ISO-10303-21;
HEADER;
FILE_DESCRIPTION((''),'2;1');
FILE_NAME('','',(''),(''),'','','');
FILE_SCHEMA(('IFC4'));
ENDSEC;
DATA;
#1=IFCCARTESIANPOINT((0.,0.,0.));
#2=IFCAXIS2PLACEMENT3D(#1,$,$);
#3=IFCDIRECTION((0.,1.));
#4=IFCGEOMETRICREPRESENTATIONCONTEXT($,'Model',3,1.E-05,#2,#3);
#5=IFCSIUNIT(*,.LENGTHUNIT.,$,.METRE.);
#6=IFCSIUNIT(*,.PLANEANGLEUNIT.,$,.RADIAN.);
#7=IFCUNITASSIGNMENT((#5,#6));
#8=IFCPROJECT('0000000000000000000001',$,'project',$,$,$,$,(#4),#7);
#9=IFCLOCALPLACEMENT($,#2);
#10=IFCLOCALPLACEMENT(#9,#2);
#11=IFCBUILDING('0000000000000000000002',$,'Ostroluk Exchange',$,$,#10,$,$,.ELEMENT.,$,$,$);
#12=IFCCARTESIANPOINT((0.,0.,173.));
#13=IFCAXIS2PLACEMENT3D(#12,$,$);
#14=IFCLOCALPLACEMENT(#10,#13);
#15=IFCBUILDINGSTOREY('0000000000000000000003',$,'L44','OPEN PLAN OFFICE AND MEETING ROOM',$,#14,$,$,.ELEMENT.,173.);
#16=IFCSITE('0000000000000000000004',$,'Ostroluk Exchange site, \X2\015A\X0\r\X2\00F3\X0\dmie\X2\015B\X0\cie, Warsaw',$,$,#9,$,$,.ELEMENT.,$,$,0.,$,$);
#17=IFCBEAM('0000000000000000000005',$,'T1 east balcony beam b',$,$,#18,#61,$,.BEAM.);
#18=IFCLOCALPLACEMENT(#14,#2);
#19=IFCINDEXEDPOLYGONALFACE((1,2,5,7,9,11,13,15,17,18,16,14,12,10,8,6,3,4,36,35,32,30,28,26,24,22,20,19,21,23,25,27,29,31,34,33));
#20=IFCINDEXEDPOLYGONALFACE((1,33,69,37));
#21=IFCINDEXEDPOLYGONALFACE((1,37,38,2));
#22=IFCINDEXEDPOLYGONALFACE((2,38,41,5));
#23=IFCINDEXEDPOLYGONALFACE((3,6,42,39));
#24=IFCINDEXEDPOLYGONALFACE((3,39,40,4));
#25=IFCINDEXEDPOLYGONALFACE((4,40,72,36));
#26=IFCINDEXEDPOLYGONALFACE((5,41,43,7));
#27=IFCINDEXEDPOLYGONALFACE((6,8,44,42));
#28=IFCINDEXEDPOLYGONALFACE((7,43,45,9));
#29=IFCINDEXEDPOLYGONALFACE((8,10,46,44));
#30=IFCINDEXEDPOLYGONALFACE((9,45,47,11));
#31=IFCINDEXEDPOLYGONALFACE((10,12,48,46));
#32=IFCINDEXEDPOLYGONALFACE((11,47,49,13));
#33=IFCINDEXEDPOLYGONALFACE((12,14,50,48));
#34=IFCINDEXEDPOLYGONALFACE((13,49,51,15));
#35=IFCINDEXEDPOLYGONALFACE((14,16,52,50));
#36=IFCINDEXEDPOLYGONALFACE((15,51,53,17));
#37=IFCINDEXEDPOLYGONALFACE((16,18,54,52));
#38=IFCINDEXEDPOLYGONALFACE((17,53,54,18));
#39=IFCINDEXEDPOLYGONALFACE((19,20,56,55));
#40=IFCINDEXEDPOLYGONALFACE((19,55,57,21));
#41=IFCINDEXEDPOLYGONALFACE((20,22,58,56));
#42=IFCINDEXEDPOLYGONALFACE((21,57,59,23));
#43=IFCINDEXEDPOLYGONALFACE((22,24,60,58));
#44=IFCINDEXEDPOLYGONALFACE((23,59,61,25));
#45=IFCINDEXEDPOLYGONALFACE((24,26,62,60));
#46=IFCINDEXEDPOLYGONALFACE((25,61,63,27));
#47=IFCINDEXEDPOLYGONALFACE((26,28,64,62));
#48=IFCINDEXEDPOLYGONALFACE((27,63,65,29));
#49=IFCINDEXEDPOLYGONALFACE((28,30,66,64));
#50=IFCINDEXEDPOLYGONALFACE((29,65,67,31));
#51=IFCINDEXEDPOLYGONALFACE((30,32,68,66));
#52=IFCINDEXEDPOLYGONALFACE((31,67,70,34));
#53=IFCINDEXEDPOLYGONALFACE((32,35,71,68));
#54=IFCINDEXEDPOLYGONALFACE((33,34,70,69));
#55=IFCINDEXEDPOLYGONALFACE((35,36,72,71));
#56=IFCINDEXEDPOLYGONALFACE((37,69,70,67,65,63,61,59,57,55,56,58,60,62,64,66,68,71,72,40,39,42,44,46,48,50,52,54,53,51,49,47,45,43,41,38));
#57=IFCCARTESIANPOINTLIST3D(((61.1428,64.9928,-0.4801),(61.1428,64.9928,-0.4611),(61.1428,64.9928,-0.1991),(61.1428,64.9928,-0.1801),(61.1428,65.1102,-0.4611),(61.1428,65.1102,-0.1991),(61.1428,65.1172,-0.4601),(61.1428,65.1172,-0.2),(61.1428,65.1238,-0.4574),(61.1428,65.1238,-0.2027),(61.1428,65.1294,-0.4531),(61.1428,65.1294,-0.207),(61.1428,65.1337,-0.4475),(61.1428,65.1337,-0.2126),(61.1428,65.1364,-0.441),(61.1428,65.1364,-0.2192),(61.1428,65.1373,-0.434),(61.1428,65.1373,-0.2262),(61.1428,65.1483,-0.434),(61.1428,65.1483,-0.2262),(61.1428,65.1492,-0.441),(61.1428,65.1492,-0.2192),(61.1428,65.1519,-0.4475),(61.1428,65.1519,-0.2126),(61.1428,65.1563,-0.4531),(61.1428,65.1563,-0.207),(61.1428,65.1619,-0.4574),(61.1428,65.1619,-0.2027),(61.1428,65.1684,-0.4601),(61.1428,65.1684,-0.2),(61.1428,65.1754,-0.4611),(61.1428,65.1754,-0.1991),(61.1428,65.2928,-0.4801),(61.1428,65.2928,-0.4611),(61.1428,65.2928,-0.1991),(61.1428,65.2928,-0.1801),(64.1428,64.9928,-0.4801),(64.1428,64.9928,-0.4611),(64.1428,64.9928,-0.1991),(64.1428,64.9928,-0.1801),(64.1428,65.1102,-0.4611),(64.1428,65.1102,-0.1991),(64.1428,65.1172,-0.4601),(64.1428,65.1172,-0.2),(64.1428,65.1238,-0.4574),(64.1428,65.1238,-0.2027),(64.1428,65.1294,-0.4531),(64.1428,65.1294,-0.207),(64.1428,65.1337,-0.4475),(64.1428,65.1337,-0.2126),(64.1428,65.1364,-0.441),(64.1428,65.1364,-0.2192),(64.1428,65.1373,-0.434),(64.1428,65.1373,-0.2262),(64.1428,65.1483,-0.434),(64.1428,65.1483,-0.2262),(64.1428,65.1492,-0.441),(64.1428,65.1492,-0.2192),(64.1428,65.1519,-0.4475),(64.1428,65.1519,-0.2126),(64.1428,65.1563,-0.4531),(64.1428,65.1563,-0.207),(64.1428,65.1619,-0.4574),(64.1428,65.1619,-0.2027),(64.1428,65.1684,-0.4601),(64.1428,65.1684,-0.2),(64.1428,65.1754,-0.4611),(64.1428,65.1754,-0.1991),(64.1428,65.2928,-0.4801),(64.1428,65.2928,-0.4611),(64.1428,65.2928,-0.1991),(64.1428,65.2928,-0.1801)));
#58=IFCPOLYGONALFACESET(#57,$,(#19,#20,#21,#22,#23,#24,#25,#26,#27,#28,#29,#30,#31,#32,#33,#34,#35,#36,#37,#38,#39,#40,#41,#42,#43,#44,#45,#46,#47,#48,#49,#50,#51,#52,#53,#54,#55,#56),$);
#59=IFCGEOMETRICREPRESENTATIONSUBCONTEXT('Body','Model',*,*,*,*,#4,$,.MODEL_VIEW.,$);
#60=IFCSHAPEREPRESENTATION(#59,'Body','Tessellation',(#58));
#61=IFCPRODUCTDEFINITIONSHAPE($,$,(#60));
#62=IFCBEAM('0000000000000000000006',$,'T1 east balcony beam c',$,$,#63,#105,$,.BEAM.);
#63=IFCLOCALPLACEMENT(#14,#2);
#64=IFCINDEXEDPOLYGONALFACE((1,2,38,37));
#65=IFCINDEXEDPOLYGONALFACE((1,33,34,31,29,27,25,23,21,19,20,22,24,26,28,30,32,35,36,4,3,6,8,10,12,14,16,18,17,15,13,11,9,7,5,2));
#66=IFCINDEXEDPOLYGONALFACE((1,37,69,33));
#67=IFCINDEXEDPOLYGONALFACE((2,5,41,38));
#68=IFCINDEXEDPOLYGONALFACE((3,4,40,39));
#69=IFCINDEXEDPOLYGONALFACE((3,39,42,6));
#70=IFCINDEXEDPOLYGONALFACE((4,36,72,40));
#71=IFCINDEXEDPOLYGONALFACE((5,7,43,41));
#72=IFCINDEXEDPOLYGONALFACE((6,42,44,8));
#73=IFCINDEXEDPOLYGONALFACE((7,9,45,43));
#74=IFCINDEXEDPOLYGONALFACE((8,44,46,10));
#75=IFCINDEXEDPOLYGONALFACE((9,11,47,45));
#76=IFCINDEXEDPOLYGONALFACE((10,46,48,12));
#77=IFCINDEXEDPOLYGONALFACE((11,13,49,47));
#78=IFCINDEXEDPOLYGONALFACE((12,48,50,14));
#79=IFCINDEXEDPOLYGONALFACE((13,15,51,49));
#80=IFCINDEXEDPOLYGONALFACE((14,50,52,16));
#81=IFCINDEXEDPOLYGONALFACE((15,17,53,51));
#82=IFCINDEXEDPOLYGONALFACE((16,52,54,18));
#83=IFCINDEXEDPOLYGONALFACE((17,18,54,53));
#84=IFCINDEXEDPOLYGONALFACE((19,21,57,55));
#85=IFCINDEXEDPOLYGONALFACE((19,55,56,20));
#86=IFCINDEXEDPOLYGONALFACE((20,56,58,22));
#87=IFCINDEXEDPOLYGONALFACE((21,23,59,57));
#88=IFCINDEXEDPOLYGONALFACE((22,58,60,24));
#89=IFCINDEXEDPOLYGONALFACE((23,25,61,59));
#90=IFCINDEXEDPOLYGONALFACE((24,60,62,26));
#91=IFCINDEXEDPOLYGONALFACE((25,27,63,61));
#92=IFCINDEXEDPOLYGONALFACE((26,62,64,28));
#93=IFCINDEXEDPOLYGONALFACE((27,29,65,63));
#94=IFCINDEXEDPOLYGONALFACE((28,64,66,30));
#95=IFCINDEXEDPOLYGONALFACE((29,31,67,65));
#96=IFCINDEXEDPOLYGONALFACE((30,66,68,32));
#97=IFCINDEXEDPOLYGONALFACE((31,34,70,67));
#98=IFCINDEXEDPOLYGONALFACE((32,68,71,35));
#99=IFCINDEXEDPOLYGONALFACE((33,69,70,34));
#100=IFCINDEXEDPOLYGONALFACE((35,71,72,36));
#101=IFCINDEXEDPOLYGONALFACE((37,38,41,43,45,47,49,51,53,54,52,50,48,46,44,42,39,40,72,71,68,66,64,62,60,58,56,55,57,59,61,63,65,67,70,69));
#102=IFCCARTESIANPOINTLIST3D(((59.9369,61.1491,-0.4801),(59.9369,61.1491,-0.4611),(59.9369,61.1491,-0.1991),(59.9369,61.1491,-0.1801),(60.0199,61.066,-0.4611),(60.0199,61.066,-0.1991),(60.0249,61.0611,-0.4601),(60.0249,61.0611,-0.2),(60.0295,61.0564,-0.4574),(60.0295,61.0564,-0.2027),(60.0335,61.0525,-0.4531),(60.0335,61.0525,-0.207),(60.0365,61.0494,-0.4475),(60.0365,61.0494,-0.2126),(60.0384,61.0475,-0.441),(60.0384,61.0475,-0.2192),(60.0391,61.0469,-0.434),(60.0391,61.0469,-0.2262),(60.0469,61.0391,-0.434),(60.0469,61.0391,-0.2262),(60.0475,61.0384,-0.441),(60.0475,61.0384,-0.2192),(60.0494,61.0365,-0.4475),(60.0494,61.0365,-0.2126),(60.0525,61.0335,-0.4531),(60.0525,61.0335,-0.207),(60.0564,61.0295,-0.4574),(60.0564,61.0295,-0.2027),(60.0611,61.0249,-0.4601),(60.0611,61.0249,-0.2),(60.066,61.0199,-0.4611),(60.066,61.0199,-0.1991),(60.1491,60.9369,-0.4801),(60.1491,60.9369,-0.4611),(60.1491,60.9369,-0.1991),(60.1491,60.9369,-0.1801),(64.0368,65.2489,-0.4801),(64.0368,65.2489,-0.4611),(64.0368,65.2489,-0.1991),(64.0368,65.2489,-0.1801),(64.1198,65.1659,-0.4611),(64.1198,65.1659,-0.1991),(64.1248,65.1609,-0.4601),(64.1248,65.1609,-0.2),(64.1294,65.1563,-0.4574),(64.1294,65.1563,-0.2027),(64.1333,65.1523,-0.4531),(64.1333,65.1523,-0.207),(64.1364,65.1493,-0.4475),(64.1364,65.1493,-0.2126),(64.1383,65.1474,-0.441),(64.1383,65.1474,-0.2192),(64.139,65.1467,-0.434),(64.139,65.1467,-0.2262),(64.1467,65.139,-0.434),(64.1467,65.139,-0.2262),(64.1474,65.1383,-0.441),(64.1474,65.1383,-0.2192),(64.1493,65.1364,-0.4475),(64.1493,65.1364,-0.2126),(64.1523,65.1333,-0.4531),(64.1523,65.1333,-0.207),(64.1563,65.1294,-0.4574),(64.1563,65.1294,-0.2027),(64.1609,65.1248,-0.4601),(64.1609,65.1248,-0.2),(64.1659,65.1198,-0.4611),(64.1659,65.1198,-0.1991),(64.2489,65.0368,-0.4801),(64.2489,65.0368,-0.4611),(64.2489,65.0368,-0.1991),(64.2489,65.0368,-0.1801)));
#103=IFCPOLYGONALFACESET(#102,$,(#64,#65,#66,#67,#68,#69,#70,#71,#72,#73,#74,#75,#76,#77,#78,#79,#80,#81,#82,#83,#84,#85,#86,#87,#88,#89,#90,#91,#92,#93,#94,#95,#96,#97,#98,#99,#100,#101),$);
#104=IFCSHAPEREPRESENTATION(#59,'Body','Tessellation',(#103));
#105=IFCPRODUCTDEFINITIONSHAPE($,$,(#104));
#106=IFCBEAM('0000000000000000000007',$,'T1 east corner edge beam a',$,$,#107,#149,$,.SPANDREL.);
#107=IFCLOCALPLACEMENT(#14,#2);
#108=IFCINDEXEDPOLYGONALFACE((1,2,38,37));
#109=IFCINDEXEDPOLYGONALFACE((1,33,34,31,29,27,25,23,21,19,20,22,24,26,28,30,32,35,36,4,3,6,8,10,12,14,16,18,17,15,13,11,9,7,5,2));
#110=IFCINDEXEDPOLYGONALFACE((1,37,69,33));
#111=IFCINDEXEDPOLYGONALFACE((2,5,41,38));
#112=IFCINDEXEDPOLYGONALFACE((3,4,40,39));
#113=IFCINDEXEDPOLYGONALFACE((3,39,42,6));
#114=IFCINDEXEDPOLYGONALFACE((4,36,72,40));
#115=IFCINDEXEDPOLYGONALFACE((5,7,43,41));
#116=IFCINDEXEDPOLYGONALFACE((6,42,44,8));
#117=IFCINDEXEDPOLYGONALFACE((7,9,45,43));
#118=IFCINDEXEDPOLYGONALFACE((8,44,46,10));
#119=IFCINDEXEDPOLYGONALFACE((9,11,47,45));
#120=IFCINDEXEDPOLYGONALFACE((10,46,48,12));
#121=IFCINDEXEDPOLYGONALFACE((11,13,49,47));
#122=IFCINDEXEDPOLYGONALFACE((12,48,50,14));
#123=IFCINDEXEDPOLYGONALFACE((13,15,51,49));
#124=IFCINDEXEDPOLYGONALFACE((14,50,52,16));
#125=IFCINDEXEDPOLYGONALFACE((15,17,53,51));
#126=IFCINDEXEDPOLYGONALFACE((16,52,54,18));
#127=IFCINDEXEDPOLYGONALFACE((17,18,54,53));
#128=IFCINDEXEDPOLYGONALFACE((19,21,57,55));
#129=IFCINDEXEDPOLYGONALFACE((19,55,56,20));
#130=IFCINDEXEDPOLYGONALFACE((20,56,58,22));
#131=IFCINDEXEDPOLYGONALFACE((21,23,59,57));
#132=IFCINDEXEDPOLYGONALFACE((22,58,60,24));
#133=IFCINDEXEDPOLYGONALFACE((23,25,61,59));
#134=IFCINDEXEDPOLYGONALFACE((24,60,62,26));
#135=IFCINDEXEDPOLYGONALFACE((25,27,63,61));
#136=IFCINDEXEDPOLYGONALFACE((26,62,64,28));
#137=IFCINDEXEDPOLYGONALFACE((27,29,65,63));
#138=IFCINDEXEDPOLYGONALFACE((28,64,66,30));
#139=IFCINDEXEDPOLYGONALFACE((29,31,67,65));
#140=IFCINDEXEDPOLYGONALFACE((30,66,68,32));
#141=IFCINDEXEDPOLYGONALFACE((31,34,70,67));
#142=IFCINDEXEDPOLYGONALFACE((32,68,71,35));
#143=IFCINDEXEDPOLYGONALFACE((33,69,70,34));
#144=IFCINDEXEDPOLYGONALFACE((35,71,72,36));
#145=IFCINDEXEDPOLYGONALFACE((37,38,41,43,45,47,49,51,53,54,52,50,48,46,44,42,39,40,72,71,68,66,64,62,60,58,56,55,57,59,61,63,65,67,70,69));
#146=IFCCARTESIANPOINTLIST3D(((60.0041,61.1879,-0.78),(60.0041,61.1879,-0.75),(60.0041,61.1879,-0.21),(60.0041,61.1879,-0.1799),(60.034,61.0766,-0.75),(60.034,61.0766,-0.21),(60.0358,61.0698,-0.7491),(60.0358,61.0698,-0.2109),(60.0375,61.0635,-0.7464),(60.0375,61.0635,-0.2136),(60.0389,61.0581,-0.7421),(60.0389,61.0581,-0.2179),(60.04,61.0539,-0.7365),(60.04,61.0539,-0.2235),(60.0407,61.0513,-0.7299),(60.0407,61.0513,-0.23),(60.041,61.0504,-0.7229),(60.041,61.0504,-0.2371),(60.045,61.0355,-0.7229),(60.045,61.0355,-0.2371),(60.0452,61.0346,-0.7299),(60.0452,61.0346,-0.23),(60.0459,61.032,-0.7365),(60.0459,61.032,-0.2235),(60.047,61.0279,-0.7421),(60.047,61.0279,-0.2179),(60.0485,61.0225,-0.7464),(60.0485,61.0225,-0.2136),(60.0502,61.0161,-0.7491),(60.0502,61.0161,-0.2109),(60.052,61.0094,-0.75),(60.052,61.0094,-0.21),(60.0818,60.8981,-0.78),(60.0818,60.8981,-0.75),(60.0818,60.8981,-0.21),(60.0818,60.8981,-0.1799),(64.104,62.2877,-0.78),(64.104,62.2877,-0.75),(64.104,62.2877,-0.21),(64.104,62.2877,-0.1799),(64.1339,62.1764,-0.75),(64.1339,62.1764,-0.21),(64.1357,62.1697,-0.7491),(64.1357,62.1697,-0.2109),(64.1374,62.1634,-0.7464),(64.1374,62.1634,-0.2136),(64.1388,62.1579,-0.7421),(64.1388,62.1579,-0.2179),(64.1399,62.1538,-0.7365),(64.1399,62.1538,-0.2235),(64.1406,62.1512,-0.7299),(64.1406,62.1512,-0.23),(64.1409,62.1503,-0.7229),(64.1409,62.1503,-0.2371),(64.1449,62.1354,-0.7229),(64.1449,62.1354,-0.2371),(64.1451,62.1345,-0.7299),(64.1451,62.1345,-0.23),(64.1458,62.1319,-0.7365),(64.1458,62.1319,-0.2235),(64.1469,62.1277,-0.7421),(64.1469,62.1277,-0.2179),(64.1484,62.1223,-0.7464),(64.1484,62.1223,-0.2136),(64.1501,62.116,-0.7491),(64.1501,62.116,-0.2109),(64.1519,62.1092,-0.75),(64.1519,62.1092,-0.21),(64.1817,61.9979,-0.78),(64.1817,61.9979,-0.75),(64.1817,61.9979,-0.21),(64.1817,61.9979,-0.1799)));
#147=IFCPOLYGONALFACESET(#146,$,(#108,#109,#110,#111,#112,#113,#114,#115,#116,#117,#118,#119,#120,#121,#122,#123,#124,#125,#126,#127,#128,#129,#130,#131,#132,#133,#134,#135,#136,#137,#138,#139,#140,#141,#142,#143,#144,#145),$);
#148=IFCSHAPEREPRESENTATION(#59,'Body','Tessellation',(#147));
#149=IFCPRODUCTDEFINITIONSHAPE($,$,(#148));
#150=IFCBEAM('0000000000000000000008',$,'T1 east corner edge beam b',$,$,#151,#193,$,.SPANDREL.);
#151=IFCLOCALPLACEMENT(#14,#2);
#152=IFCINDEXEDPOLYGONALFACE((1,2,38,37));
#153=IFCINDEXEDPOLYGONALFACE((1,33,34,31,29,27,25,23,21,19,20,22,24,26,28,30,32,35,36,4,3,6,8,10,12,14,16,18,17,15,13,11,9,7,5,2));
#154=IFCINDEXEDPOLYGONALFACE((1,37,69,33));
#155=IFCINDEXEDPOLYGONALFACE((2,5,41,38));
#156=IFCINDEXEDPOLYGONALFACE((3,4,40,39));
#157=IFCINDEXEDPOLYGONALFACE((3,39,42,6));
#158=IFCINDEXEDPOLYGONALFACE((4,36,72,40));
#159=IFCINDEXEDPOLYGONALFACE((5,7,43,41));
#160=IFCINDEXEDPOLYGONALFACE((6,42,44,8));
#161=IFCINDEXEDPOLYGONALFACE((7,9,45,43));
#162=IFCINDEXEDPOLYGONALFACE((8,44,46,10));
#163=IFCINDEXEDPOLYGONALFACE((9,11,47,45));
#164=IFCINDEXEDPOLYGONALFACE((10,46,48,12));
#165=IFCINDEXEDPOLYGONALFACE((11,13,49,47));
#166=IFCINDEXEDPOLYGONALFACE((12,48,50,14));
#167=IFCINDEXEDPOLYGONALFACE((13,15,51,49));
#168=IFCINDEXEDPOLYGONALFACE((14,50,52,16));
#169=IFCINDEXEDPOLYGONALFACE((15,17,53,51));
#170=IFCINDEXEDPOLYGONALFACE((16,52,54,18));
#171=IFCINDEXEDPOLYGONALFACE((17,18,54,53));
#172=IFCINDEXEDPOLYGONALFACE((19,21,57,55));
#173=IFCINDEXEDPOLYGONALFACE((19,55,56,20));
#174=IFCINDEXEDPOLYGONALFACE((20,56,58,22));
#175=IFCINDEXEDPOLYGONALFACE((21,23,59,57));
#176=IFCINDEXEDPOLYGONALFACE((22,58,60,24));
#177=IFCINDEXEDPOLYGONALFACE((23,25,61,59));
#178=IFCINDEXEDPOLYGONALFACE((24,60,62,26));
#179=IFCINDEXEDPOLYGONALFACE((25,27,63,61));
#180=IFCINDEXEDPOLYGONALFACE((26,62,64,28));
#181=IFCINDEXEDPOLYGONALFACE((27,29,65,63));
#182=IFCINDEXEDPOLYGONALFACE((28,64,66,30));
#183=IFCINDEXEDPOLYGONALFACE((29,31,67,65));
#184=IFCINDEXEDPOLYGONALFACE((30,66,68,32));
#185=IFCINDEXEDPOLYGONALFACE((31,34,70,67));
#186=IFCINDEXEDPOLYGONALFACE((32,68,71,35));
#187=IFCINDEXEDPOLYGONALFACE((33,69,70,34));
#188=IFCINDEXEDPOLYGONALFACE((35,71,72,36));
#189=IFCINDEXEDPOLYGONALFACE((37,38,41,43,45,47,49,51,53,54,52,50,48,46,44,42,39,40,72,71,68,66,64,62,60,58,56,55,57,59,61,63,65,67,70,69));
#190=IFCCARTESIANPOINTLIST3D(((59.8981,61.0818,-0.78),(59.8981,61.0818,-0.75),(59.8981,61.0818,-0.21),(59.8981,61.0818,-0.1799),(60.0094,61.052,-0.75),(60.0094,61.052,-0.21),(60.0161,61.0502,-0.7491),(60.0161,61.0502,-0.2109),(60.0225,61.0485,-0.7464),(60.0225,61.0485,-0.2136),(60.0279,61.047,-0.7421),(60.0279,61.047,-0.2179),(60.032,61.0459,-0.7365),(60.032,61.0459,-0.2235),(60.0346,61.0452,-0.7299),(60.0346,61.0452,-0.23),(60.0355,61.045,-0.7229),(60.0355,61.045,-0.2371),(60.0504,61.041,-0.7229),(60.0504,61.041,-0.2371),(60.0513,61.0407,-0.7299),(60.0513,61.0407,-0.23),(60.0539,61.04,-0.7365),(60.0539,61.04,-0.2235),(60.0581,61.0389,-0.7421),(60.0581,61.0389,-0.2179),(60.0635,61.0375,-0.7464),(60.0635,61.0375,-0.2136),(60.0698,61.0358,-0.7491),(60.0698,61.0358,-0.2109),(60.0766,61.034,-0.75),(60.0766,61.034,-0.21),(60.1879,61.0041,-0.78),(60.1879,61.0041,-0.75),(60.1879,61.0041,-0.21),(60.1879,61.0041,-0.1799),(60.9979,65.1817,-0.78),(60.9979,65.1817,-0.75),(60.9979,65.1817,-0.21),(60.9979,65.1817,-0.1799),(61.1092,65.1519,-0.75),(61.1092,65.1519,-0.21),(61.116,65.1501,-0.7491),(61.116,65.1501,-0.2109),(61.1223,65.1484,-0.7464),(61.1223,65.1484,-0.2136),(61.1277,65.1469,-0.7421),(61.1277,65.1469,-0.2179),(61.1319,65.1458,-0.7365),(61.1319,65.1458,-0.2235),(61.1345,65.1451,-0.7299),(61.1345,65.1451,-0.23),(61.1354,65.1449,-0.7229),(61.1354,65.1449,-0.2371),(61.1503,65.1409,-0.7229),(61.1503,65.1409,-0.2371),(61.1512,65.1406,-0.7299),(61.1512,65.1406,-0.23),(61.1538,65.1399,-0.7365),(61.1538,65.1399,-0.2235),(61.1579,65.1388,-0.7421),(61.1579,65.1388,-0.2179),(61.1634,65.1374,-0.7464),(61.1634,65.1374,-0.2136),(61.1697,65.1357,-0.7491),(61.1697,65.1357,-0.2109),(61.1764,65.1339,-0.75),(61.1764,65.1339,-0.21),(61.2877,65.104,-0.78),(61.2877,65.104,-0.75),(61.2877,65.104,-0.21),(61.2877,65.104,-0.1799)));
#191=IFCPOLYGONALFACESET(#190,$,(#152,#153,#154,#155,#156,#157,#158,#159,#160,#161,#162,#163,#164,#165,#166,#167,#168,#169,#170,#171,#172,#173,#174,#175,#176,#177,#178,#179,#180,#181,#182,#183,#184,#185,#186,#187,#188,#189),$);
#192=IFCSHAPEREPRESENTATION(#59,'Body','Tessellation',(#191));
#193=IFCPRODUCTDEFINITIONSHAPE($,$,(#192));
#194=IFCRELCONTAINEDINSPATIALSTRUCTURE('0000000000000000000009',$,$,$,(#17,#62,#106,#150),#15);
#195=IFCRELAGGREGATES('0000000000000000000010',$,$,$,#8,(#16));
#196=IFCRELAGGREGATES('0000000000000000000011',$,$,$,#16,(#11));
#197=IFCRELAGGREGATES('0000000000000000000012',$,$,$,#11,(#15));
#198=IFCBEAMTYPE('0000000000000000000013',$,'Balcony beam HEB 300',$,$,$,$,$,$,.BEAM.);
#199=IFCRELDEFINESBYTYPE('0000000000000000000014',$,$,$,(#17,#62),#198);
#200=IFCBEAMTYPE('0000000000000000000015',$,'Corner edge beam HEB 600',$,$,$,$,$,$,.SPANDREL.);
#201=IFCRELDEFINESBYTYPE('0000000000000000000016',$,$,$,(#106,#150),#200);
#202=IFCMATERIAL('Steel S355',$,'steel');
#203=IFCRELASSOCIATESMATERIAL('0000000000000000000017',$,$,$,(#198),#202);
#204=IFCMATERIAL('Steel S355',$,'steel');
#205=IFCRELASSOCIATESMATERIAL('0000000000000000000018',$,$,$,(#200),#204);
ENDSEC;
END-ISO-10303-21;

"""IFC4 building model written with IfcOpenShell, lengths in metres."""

from ifc_helpers import new_model, si_unit, direction, frame, origin, origin_2d, place, context, subcontext, project, spatial, i_section, extrude, material, material_profile, profile_set, type_object, element, save


model = new_model("IFC4")

# Units and contexts
model_context = context("Model", 3, precision=1e-05, world=origin(), true_north=direction((0.0, 1.0)))
body_context = subcontext(model_context, "Body", "Model", "MODEL_VIEW")
ifc_project = project(units=[si_unit("LENGTHUNIT", "METRE"), si_unit("PLANEANGLEUNIT", "RADIAN")], contexts=[model_context])

# Site, building, storey
site_placement = place(None, origin())
site = spatial("IfcSite", under=ifc_project, at=site_placement, Name="Ostroluk Exchange site, Śródmieście, Warsaw", CompositionType="ELEMENT", RefElevation=0.0)
building_placement = place(site_placement, origin())
building = spatial("IfcBuilding", under=site, at=building_placement, Name="Ostroluk Exchange", CompositionType="ELEMENT")
storey_placement = place(building_placement, frame((0.0, 0.0, 173.0)))
storey = spatial("IfcBuildingStorey", under=building, at=storey_placement, Name="L44", Description="OPEN PLAN OFFICE AND MEETING ROOM", CompositionType="ELEMENT", Elevation=173.0)

# Beams
ifc_material_1 = material(Name="Steel S355", Category="steel")
ifc_material_profile_1 = material_profile(ifc_material_1, i_section(OverallWidth=0.3, OverallDepth=0.3, WebThickness=0.011, FlangeThickness=0.019, FilletRadius=0.0271, at=origin_2d()), Name="HEB 300")
ifc_profile_set_1 = profile_set([ifc_material_profile_1], Name="Steel S355")
beam_type_1 = type_object("IfcBeamType", Name="Balcony beam HEB 300", PredefinedType="BEAM", material=ifc_profile_set_1)
for number, where, z_axis, x_axis, name in (
    (1, (61.1428, 65.1428, -0.3301), (1.0, 0.0, 0.0), (0.0, 1.0, 0.0), "T1 east balcony beam b"),
):
    element("IfcBeam", number, at=place(storey_placement, frame(where, z_axis=z_axis, x_axis=x_axis)), inside=storey, type_object=beam_type_1, Name=name, PredefinedType="BEAM", context=body_context, shape_type="SweptSolid", body=[
        extrude(i_section(OverallWidth=0.3, OverallDepth=0.3, WebThickness=0.011, FlangeThickness=0.019, FilletRadius=0.0271, at=origin_2d()), origin(), (0.0, 0.0, 1.0), 3.0),
    ])
beam_1_placement = place(storey_placement, frame((60.043, 61.043, -0.3301), z_axis=(0.707107, 0.707107, 0.0), x_axis=(-0.707107, 0.707107, 0.0)))
element("IfcBeam", 2, at=beam_1_placement, inside=storey, type_object=beam_type_1, Name="T1 east balcony beam c", PredefinedType="BEAM", context=body_context, shape_type="SweptSolid", body=[
    extrude(i_section(OverallWidth=0.3, OverallDepth=0.3, WebThickness=0.011, FlangeThickness=0.019, FilletRadius=0.0271, at=origin_2d()), origin(), (0.0, 0.0, 1.0), 5.7981),
])
ifc_material_2 = material(Name="Steel S355", Category="steel")
ifc_material_profile_2 = material_profile(ifc_material_2, i_section(OverallWidth=0.3, OverallDepth=0.6001, WebThickness=0.0154, FlangeThickness=0.03, FilletRadius=0.0271, at=origin_2d()), Name="HEB 600")
ifc_profile_set_2 = profile_set([ifc_material_profile_2], Name="Steel S355")
beam_type_2 = type_object("IfcBeamType", Name="Corner edge beam HEB 600", PredefinedType="SPANDREL", material=ifc_profile_set_2)
for number, where, z_axis, x_axis, name in (
    (3, (60.043, 61.043, -0.48), (0.965849, 0.259105, 0.0), (-0.259105, 0.965849, 0.0), "T1 east corner edge beam a"),
    (4, (60.043, 61.043, -0.48), (0.259105, 0.965849, 0.0), (-0.965849, 0.259105, 0.0), "T1 east corner edge beam b"),
):
    element("IfcBeam", number, at=place(storey_placement, frame(where, z_axis=z_axis, x_axis=x_axis)), inside=storey, type_object=beam_type_2, Name=name, PredefinedType="SPANDREL", context=body_context, shape_type="SweptSolid", body=[
        extrude(i_section(OverallWidth=0.3, OverallDepth=0.6001, WebThickness=0.0154, FlangeThickness=0.03, FilletRadius=0.0271, at=origin_2d()), origin(), (0.0, 0.0, 1.0), 4.2449),
    ])

save(model, "model.ifc")
